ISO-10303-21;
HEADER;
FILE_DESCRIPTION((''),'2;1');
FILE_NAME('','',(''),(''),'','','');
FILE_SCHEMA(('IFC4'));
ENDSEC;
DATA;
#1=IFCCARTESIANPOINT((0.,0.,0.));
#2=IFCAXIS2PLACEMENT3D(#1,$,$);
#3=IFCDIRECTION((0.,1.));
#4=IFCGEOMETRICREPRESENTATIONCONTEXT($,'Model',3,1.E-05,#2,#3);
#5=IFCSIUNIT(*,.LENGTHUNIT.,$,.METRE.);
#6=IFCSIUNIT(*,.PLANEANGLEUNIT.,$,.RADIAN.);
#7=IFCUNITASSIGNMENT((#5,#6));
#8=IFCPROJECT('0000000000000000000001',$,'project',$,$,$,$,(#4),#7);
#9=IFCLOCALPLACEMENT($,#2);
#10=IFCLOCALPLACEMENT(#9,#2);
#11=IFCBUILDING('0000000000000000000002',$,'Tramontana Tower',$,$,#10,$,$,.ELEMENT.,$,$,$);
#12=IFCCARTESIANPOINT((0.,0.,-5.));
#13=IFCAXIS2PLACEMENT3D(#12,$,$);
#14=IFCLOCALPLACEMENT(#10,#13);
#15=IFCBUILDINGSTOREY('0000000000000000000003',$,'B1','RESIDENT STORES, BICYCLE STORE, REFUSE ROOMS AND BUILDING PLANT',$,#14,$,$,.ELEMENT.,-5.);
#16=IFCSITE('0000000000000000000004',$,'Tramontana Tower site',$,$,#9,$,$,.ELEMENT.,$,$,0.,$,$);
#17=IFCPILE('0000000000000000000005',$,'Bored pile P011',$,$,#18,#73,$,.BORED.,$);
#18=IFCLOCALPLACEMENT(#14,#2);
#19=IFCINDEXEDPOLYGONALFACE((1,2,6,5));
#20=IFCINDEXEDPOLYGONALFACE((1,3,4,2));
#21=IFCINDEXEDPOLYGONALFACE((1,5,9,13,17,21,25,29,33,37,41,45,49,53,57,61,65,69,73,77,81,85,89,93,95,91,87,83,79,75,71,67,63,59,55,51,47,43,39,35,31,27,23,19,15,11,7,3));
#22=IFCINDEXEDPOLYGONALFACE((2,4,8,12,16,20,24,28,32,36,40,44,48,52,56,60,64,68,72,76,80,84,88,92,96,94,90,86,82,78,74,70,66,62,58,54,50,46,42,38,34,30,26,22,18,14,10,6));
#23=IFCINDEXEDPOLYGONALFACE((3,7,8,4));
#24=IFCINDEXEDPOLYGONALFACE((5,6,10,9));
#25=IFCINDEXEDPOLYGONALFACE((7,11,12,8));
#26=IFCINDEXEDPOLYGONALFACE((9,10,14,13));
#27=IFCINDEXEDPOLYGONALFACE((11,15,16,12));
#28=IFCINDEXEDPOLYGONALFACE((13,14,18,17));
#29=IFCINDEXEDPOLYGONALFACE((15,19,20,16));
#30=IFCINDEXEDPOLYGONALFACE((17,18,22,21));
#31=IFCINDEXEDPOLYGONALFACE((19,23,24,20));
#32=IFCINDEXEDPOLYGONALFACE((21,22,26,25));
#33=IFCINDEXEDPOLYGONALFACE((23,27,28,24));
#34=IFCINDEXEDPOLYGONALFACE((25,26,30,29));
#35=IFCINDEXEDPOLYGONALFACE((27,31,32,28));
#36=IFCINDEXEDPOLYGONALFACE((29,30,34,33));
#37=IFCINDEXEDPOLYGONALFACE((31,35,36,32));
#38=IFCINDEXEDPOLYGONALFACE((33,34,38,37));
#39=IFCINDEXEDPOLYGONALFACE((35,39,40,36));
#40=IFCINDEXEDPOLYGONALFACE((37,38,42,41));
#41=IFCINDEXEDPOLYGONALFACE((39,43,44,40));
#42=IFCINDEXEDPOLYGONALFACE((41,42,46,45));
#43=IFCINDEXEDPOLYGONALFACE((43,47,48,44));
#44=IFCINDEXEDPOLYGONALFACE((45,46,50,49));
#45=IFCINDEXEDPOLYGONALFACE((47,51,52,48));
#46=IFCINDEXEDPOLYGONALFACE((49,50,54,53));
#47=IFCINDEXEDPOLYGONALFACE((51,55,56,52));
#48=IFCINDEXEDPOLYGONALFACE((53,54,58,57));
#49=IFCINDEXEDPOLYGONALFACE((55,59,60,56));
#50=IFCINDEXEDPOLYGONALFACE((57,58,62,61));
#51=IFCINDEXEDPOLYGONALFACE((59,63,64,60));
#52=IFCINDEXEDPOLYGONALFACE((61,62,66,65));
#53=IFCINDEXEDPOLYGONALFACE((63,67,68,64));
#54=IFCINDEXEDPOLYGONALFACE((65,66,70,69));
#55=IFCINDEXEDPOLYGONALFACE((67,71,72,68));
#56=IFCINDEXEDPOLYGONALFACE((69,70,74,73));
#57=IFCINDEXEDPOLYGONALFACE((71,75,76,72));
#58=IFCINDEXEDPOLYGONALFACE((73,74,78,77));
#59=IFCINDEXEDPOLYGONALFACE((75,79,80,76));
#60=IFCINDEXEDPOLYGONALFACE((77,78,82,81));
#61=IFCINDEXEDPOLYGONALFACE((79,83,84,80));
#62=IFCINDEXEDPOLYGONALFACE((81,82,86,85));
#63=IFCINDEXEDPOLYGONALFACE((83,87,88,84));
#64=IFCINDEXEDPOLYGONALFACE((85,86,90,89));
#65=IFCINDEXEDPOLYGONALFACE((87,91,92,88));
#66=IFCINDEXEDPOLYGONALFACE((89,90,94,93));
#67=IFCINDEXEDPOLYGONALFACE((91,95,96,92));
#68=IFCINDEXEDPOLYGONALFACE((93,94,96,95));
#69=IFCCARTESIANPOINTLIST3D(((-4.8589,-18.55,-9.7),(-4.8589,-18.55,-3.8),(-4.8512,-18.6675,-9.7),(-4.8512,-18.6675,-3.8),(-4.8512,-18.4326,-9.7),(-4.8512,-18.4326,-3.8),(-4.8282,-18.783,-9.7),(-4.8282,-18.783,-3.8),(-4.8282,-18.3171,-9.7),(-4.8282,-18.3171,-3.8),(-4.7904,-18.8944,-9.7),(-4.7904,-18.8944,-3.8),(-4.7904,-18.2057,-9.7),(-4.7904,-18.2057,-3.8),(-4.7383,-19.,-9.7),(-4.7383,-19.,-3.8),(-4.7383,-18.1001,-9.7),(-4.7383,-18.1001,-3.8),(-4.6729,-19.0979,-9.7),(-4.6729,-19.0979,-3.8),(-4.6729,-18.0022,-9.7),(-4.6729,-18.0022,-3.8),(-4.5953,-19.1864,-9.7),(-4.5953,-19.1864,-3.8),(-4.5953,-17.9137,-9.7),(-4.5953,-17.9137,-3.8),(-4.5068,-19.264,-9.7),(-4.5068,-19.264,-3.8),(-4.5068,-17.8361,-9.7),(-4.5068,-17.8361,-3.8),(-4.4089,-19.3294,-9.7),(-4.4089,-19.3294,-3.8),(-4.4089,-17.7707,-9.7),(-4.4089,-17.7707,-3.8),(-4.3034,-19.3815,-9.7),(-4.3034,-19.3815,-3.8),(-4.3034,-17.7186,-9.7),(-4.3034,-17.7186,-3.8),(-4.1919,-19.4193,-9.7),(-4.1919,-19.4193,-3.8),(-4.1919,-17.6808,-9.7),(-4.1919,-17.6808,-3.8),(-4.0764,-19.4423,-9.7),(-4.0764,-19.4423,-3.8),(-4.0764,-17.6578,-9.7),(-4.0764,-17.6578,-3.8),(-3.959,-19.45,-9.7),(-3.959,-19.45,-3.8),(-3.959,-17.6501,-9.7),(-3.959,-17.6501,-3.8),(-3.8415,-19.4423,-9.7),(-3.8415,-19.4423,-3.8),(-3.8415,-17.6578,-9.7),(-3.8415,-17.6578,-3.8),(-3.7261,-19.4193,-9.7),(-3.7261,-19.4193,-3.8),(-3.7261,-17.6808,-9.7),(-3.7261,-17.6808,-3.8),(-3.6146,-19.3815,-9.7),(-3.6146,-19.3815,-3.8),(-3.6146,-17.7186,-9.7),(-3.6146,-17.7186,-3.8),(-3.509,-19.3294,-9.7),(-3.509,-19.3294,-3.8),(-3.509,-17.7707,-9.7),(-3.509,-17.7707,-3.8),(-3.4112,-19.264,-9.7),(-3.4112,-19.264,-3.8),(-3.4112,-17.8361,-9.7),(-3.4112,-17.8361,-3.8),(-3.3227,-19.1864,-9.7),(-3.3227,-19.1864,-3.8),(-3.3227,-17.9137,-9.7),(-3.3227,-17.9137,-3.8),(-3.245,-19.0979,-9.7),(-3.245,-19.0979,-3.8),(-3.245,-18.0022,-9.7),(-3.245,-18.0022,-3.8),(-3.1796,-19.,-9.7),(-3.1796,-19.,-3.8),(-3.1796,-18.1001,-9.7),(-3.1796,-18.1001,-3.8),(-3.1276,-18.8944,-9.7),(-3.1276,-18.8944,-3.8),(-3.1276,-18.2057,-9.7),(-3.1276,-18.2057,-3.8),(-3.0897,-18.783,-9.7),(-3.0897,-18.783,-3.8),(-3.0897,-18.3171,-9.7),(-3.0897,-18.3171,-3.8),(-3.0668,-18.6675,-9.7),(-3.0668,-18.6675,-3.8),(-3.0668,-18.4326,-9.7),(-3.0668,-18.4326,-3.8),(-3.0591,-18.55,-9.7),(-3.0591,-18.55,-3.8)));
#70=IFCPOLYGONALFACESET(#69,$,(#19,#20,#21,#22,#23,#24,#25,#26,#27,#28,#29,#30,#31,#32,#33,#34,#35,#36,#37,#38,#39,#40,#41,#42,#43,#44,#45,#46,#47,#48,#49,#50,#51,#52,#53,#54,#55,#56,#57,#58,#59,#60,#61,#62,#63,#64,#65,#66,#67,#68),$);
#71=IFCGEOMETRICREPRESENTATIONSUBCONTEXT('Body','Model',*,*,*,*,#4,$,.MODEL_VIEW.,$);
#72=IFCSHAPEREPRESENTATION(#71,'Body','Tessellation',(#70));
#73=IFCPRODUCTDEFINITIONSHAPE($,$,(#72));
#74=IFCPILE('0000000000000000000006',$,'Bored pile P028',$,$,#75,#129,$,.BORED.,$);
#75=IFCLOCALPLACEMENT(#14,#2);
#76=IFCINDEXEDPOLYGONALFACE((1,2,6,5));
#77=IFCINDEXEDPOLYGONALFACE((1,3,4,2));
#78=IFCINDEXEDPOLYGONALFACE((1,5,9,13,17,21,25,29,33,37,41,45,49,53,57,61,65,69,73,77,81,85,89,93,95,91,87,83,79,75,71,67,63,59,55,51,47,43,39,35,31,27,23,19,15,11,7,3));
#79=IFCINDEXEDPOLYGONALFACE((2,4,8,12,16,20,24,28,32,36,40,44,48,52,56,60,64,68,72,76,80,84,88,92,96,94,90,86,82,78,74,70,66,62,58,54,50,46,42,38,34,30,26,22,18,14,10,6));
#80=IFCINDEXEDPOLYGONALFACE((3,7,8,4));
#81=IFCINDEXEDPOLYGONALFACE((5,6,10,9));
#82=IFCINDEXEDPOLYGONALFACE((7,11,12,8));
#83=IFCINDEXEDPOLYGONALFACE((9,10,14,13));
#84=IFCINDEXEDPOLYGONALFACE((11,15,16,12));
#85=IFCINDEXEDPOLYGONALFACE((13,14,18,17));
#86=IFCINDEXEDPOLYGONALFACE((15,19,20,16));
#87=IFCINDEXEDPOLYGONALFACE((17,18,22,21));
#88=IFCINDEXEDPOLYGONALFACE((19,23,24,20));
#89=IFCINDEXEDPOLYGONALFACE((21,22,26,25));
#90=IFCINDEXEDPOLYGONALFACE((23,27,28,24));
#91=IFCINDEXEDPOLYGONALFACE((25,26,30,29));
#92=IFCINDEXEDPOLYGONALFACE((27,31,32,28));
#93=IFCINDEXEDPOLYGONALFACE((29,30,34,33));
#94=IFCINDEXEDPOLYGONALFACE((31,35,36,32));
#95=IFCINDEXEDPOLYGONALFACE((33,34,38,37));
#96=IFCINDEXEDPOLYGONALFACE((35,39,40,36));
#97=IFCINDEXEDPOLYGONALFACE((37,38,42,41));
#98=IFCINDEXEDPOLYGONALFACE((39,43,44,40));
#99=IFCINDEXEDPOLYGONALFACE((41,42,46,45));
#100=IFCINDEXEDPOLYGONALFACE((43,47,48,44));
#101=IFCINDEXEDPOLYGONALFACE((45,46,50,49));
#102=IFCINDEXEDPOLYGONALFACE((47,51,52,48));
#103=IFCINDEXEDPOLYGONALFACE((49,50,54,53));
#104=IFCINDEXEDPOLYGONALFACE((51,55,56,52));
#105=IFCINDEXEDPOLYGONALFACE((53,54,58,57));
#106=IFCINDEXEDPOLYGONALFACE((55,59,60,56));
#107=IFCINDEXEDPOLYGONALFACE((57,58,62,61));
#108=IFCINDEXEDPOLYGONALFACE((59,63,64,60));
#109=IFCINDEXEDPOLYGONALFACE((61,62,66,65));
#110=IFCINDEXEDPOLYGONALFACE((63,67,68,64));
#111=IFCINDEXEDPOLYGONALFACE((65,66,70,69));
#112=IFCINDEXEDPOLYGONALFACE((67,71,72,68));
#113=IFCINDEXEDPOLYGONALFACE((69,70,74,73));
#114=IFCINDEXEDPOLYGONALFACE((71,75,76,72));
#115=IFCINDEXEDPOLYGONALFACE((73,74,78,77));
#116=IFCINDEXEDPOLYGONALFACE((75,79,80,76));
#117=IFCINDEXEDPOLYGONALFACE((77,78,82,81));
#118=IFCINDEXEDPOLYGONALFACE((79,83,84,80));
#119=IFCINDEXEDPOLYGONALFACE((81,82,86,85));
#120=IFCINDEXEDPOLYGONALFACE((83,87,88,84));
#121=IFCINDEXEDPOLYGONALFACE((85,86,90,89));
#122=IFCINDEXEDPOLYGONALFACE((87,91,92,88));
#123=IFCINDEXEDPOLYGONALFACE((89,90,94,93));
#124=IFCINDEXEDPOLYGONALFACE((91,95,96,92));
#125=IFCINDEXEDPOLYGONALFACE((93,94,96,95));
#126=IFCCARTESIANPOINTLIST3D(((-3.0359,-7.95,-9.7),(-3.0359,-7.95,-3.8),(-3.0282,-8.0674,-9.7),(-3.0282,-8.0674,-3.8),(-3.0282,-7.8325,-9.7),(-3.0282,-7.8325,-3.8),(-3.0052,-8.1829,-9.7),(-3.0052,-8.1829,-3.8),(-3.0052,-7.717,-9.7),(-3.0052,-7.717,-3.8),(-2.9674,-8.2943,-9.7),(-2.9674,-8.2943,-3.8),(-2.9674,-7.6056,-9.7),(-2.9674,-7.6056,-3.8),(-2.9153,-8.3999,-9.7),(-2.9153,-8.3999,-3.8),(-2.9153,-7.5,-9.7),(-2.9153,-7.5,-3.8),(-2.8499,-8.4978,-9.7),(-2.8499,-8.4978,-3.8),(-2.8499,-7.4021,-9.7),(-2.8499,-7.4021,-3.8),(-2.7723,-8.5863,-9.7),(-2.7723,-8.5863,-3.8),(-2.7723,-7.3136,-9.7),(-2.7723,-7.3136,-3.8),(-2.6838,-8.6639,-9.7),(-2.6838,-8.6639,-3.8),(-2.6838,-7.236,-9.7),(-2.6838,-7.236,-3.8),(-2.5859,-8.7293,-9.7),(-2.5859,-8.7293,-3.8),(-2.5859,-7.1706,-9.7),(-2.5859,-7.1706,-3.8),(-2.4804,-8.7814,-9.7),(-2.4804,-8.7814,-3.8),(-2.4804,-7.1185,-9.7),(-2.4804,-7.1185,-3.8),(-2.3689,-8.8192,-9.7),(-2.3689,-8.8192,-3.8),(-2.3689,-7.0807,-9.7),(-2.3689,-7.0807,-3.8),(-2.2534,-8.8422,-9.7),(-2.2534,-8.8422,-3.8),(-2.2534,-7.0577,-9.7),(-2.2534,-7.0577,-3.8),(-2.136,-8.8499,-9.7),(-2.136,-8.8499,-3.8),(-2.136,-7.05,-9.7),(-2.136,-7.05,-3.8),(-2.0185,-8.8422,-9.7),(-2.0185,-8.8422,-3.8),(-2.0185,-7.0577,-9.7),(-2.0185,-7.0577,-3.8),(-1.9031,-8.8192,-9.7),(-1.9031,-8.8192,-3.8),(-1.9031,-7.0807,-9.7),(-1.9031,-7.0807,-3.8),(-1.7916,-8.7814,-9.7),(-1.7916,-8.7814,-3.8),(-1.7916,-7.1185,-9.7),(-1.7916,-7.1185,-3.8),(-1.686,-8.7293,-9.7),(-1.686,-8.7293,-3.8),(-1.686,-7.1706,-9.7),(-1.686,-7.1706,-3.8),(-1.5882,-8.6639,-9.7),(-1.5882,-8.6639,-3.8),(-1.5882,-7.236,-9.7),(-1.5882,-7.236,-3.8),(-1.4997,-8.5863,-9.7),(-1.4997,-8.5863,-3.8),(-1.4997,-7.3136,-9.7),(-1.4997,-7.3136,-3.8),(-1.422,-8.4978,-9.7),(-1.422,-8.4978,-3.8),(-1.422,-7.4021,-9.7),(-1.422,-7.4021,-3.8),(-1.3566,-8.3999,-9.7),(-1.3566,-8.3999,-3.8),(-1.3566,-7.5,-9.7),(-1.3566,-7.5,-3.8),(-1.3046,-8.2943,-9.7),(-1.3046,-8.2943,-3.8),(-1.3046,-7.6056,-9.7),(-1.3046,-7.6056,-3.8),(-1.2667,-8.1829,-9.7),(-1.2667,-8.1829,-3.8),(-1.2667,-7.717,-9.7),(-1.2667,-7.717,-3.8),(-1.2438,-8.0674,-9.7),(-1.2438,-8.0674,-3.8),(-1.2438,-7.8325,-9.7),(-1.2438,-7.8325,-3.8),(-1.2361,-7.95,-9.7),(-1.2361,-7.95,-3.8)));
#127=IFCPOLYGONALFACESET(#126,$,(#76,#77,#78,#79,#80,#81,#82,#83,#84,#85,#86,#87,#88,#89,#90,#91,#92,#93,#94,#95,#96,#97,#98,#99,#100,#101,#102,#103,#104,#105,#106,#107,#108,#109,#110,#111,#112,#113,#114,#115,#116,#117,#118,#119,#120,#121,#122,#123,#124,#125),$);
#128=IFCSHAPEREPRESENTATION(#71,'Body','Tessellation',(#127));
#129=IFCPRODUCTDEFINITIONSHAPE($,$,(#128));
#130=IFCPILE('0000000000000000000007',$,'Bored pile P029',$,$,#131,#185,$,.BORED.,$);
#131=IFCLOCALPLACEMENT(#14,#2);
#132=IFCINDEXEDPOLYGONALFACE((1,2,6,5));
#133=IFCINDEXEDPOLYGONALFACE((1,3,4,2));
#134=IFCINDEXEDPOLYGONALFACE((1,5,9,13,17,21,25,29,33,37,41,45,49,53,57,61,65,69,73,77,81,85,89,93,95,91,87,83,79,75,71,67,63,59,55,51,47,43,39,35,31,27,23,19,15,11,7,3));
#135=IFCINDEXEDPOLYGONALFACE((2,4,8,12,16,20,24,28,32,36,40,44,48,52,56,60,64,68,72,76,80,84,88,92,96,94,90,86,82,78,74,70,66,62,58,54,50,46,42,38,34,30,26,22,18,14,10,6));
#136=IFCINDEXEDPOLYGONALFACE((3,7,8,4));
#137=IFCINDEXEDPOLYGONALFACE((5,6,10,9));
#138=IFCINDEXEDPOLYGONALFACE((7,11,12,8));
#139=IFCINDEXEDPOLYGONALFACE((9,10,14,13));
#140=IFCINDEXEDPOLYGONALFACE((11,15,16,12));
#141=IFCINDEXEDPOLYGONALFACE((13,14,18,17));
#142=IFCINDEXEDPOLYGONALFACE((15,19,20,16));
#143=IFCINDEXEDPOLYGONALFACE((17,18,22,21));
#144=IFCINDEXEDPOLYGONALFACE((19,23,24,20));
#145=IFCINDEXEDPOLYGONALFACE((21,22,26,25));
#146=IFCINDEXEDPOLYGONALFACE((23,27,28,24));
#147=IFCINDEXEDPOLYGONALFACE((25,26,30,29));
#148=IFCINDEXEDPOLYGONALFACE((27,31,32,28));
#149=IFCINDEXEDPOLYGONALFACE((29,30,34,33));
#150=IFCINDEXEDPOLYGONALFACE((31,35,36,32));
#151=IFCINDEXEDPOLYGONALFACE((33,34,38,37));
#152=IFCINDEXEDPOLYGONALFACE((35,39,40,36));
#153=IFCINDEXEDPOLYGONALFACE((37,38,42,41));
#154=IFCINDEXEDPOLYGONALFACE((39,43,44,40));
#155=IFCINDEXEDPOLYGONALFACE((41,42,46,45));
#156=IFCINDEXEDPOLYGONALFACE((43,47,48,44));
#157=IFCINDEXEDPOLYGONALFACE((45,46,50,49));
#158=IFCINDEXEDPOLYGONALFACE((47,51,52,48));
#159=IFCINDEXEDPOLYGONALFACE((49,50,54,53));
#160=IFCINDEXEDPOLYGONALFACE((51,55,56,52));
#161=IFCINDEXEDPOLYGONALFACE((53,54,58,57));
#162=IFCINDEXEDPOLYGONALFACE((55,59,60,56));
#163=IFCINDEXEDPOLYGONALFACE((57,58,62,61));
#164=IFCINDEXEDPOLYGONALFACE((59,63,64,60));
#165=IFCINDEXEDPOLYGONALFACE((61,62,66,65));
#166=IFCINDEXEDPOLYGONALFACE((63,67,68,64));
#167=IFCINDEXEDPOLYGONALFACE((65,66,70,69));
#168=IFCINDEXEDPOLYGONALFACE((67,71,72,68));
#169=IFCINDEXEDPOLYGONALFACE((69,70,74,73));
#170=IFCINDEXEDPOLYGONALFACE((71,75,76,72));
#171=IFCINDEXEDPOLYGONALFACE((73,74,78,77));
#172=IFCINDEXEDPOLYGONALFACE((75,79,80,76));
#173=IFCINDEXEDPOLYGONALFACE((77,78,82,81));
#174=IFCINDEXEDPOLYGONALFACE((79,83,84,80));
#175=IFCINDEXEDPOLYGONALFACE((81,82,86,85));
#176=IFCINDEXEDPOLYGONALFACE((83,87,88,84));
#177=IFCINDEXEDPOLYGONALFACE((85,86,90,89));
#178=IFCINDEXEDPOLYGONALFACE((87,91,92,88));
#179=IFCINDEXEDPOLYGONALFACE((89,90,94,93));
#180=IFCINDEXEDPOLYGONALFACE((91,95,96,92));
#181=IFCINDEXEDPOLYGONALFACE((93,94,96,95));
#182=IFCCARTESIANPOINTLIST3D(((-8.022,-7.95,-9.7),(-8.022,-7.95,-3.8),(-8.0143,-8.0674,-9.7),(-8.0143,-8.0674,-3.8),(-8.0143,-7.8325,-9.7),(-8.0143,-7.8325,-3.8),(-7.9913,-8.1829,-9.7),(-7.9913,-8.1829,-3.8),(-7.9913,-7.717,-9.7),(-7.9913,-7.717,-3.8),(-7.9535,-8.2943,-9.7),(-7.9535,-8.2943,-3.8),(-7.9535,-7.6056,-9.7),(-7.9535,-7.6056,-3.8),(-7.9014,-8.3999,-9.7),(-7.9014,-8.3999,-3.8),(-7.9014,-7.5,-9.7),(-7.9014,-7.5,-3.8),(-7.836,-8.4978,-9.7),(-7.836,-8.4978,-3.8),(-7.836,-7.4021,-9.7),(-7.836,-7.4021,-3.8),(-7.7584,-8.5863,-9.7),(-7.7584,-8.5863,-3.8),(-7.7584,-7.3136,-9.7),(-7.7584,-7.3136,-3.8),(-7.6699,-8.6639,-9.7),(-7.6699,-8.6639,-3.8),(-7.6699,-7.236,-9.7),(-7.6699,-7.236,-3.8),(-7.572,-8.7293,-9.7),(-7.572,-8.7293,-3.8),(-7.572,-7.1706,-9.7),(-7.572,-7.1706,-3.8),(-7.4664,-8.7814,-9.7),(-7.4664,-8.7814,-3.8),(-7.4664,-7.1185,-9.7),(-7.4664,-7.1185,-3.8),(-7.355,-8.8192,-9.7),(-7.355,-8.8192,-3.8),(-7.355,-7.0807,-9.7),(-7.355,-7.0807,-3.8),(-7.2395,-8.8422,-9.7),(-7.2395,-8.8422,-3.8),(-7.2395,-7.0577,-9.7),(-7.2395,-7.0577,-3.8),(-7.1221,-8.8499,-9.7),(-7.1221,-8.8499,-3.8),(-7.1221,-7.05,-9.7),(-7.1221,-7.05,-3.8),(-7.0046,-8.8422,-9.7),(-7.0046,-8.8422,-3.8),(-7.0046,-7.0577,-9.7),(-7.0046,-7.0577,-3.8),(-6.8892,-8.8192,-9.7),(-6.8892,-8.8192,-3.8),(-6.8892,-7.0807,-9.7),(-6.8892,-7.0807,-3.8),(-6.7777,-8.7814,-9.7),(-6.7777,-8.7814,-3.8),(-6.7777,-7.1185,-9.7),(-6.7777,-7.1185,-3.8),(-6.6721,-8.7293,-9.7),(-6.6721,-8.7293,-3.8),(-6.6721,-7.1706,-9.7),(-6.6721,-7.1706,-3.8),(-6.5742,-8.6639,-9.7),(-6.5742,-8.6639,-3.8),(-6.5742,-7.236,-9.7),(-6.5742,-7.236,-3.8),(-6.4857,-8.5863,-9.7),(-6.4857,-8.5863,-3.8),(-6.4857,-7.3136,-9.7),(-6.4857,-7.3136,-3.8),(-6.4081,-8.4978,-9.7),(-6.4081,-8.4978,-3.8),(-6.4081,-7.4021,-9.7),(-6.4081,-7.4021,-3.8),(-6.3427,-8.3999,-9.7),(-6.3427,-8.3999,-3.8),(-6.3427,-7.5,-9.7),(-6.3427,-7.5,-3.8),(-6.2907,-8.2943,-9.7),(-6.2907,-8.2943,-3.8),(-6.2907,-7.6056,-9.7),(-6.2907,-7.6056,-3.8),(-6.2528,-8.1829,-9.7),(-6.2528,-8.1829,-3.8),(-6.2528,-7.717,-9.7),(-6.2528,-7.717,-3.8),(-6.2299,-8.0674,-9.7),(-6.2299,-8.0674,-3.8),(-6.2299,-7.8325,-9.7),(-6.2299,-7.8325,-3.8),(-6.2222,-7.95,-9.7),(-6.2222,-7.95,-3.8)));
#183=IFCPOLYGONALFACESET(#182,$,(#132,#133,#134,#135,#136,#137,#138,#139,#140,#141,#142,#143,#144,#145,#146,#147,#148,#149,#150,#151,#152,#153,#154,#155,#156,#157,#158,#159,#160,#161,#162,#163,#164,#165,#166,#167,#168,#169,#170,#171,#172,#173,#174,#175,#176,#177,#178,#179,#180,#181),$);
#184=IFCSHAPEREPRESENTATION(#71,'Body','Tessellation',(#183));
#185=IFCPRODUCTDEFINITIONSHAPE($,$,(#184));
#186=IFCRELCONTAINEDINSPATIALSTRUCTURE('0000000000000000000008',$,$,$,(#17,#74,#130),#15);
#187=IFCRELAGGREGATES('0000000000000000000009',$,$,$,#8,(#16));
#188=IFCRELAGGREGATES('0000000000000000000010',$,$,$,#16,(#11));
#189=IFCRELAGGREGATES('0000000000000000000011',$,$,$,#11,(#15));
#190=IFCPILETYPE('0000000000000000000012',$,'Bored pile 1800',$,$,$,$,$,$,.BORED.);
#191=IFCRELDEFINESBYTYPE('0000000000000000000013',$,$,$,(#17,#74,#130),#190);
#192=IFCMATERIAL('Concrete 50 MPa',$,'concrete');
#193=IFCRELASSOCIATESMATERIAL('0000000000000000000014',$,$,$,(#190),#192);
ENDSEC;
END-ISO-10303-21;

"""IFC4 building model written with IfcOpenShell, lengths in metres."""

from ifc_helpers import new_model, si_unit, direction, frame, origin, origin_2d, place, context, subcontext, project, spatial, circle, extrude, material, material_profile, profile_set, type_object, element, save


model = new_model("IFC4")

# Units and contexts
model_context = context("Model", 3, precision=1e-05, world=origin(), true_north=direction((0.0, 1.0)))
body_context = subcontext(model_context, "Body", "Model", "MODEL_VIEW")
ifc_project = project(units=[si_unit("LENGTHUNIT", "METRE"), si_unit("PLANEANGLEUNIT", "RADIAN")], contexts=[model_context])

# Site, building, storey
site_placement = place(None, origin())
site = spatial("IfcSite", under=ifc_project, at=site_placement, Name="Tramontana Tower site", CompositionType="ELEMENT", RefElevation=0.0)
building_placement = place(site_placement, origin())
building = spatial("IfcBuilding", under=site, at=building_placement, Name="Tramontana Tower", CompositionType="ELEMENT")
storey_placement = place(building_placement, frame((0.0, 0.0, -5.0)))
storey = spatial("IfcBuildingStorey", under=building, at=storey_placement, Name="B1", Description="RESIDENT STORES, BICYCLE STORE, REFUSE ROOMS AND BUILDING PLANT", CompositionType="ELEMENT", Elevation=-5.0)

# Piles
ifc_material_1 = material(Name="Concrete 50 MPa", Category="concrete")
ifc_material_profile_1 = material_profile(ifc_material_1, circle(Radius=0.8999, at=origin_2d()), Name="Bored pile 1800")
ifc_profile_set_1 = profile_set([ifc_material_profile_1], Name="Concrete 50 MPa")
pile_type = type_object("IfcPileType", Name="Bored pile 1800", PredefinedType="BORED", material=ifc_profile_set_1)
for number, where, z_axis, x_axis, name in (
    (1, (-3.959, -18.55, -3.8), (0.0, 0.0, -1.0), (1.0, 0.0, 0.0), "Bored pile P011"),
    (2, (-2.136, -7.95, -3.8), (0.0, 0.0, -1.0), (1.0, 0.0, 0.0), "Bored pile P028"),
    (3, (-7.1221, -7.95, -3.8), (0.0, 0.0, -1.0), (1.0, 0.0, 0.0), "Bored pile P029"),
):
    element("IfcPile", number, at=place(storey_placement, frame(where, z_axis=z_axis, x_axis=x_axis)), inside=storey, type_object=pile_type, Name=name, PredefinedType="BORED", context=body_context, shape_type="SweptSolid", body=[
        extrude(circle(Radius=0.8999, at=origin_2d()), origin(), (0.0, 0.0, 1.0), 5.8999),
    ])

save(model, "model.ifc")
